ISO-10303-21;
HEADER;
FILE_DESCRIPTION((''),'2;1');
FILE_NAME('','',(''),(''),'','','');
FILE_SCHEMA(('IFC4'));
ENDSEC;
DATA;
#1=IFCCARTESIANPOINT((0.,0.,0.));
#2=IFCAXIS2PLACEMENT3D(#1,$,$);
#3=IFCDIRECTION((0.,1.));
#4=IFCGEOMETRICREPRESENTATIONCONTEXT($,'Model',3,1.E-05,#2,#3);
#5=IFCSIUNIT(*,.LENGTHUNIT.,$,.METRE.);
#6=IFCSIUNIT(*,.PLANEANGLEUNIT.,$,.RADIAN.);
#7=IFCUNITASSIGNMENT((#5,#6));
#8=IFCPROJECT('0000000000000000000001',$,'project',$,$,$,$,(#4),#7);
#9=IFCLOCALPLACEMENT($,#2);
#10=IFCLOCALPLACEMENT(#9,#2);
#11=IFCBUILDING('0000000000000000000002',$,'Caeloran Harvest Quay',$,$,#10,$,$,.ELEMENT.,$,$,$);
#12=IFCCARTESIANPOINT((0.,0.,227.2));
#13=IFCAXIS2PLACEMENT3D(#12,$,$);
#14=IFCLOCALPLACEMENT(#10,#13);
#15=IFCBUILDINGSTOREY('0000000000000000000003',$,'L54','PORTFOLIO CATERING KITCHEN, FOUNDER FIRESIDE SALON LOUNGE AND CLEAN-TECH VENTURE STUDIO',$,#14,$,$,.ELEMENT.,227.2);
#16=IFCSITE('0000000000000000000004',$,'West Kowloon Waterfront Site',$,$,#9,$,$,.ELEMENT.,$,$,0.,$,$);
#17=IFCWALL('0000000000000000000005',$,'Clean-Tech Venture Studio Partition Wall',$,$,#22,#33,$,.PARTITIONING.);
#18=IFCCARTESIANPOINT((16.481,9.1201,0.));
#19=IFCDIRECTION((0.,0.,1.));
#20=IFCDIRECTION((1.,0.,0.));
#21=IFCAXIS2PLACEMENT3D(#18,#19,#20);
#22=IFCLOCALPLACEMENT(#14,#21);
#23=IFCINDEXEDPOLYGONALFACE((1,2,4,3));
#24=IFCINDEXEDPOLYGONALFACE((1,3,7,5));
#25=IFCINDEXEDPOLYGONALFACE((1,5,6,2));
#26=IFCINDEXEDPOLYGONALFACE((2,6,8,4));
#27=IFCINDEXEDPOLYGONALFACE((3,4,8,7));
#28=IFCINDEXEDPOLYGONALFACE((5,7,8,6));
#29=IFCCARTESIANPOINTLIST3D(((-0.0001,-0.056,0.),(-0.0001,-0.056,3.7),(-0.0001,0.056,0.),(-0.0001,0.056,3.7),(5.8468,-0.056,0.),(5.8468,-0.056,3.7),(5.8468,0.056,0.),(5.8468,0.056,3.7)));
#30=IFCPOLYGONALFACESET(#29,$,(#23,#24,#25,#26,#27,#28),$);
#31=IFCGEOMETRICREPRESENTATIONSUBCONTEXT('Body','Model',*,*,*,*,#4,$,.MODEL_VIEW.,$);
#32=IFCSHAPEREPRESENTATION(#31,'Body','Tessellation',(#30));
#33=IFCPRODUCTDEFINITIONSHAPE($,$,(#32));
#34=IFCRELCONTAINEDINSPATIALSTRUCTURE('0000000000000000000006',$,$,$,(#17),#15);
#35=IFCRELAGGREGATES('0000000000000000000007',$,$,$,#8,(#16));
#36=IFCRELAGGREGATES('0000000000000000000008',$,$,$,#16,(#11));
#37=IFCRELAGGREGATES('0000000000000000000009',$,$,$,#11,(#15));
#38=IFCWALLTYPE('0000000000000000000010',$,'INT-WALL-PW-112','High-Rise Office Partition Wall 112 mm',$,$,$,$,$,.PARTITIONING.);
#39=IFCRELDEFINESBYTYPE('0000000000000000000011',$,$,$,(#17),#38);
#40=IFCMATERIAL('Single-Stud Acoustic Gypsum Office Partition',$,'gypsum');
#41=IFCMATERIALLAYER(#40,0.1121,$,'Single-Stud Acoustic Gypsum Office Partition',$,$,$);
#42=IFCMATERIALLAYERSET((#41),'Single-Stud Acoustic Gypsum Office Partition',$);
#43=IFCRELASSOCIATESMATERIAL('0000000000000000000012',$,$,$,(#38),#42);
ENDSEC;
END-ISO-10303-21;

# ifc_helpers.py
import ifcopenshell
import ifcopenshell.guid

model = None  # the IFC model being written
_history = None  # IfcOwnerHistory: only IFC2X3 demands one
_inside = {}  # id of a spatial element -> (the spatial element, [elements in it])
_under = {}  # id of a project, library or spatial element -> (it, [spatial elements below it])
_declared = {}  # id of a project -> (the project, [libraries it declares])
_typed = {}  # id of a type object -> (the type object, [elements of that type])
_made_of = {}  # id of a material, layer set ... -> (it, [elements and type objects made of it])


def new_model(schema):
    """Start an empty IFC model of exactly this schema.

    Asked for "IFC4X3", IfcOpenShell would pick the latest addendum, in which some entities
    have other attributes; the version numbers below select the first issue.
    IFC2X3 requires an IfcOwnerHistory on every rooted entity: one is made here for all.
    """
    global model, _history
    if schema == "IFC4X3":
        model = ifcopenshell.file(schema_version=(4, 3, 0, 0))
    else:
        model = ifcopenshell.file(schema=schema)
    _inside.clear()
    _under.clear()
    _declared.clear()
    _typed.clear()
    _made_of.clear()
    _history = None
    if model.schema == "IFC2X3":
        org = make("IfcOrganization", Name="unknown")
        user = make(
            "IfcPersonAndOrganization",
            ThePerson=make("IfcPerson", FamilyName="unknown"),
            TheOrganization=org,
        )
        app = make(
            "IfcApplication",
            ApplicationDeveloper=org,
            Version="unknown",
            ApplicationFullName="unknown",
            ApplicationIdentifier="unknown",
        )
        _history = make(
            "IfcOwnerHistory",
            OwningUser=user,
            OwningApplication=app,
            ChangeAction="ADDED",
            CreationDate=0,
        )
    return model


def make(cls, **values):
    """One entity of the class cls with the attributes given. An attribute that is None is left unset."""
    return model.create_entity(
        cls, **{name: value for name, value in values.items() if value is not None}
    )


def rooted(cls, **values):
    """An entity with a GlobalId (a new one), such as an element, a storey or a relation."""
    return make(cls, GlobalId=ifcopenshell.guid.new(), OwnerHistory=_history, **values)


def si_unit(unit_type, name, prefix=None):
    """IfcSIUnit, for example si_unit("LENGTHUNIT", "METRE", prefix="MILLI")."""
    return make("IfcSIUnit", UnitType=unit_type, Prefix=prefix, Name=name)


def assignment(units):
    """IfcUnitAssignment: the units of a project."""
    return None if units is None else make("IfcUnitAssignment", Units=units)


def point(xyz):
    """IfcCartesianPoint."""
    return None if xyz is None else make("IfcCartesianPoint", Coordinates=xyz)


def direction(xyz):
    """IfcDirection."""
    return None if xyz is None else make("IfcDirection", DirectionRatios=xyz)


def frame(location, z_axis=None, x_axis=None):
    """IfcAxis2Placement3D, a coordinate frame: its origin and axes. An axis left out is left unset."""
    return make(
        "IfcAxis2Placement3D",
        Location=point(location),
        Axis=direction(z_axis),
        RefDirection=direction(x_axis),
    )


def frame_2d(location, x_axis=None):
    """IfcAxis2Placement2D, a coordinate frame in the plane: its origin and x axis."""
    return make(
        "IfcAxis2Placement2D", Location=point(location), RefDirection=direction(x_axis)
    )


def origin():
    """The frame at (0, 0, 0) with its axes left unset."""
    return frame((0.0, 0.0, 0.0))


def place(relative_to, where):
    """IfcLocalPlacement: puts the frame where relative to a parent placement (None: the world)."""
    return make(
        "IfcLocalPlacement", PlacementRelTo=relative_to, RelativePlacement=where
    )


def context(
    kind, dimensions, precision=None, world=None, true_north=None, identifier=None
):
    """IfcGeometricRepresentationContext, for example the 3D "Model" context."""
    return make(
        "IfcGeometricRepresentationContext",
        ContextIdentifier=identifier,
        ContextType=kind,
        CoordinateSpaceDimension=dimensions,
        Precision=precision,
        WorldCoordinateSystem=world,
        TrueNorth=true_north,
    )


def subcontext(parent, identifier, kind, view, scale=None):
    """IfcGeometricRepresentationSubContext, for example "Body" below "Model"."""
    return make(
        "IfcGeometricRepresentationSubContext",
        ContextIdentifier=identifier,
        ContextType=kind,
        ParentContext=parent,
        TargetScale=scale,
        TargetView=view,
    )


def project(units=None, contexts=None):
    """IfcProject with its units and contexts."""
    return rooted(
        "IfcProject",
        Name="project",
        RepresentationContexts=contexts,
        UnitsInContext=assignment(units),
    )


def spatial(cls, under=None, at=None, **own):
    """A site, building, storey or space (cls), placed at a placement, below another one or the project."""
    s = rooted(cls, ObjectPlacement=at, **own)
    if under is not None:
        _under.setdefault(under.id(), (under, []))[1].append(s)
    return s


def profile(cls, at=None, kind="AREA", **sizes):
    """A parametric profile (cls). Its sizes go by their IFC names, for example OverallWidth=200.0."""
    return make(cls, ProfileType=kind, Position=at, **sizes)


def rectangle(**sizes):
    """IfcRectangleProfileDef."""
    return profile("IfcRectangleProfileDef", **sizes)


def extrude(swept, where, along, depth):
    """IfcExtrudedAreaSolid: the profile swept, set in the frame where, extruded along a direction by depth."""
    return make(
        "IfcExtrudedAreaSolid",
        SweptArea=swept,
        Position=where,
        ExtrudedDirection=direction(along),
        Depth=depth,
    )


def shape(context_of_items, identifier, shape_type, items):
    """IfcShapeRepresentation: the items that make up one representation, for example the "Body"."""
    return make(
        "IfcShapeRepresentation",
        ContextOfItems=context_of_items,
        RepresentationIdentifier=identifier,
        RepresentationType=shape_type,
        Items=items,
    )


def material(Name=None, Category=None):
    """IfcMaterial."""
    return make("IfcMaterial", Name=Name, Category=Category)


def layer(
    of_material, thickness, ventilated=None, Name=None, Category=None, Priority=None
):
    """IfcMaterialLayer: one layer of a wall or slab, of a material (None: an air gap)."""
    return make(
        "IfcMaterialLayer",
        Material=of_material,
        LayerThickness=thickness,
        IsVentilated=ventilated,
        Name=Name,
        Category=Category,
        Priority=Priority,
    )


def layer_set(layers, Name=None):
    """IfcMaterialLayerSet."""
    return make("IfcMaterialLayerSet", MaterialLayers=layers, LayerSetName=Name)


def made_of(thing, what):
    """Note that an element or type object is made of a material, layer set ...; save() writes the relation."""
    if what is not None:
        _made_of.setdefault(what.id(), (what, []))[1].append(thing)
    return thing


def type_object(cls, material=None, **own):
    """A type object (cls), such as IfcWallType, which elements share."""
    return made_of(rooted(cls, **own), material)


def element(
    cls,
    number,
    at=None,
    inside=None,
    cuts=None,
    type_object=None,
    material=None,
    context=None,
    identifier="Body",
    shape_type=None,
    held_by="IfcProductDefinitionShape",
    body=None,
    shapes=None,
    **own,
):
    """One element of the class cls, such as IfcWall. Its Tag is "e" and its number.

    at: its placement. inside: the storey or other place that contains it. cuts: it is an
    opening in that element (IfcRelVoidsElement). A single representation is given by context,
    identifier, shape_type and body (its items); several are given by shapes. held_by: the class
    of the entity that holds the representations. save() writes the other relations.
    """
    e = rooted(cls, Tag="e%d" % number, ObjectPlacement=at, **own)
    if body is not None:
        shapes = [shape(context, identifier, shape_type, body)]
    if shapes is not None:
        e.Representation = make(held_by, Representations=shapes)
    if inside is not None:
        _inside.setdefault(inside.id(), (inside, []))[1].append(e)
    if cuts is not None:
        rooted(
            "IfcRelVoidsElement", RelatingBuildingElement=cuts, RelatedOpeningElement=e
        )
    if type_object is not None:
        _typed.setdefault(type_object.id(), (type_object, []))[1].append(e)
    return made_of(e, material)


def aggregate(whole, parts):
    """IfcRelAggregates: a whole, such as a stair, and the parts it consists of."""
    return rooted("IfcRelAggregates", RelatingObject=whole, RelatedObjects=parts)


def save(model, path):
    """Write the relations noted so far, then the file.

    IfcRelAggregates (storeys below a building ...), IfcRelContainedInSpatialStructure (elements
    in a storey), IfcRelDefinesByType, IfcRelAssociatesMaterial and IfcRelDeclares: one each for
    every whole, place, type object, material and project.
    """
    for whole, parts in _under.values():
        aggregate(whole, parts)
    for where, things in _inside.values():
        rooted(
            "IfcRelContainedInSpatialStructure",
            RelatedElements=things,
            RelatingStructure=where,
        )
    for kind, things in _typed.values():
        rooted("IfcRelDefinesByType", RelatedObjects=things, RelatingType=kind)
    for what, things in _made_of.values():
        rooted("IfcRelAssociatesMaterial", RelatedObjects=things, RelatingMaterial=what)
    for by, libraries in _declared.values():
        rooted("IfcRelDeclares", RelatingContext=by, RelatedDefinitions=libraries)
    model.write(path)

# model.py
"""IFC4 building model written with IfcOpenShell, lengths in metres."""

from ifc_helpers import new_model, si_unit, direction, frame, frame_2d, origin, place, context, subcontext, project, spatial, rectangle, extrude, material, layer, layer_set, type_object, element, save


model = new_model("IFC4")

# Units and contexts
model_context = context("Model", 3, precision=1e-05, world=origin(), true_north=direction((0.0, 1.0)))
body_context = subcontext(model_context, "Body", "Model", "MODEL_VIEW")
ifc_project = project(units=[si_unit("LENGTHUNIT", "METRE"), si_unit("PLANEANGLEUNIT", "RADIAN")], contexts=[model_context])

# Site, building, storey
site_placement = place(None, origin())
site = spatial("IfcSite", under=ifc_project, at=site_placement, Name="West Kowloon Waterfront Site", CompositionType="ELEMENT", RefElevation=0.0)
building_placement = place(site_placement, origin())
building = spatial("IfcBuilding", under=site, at=building_placement, Name="Caeloran Harvest Quay", CompositionType="ELEMENT")
storey_placement = place(building_placement, frame((0.0, 0.0, 227.2)))
storey = spatial("IfcBuildingStorey", under=building, at=storey_placement, Name="L54", Description="PORTFOLIO CATERING KITCHEN, FOUNDER FIRESIDE SALON LOUNGE AND CLEAN-TECH VENTURE STUDIO", CompositionType="ELEMENT", Elevation=227.2)

# Wall
ifc_material_1 = material(Name="Single-Stud Acoustic Gypsum Office Partition", Category="gypsum")
ifc_layer_1 = layer(ifc_material_1, 0.1121, Name="Single-Stud Acoustic Gypsum Office Partition")
ifc_layer_set_1 = layer_set([ifc_layer_1], Name="Single-Stud Acoustic Gypsum Office Partition")
wall_type_1 = type_object("IfcWallType", Name="INT-WALL-PW-112", Description="High-Rise Office Partition Wall 112 mm", PredefinedType="PARTITIONING", material=ifc_layer_set_1)
wall_1_placement = place(storey_placement, frame((16.481, 9.1201, 0.0), z_axis=(0.0, 0.0, 1.0), x_axis=(1.0, 0.0, 0.0)))
element("IfcWall", 1, at=wall_1_placement, inside=storey, type_object=wall_type_1, Name="Clean-Tech Venture Studio Partition Wall", PredefinedType="PARTITIONING", context=body_context, shape_type="SweptSolid", body=[
    extrude(rectangle(XDim=5.8469, YDim=0.1121, at=frame_2d((2.9233, 0.0))), origin(), (0.0, 0.0, 1.0), 3.7),
])

save(model, "model.ifc")
